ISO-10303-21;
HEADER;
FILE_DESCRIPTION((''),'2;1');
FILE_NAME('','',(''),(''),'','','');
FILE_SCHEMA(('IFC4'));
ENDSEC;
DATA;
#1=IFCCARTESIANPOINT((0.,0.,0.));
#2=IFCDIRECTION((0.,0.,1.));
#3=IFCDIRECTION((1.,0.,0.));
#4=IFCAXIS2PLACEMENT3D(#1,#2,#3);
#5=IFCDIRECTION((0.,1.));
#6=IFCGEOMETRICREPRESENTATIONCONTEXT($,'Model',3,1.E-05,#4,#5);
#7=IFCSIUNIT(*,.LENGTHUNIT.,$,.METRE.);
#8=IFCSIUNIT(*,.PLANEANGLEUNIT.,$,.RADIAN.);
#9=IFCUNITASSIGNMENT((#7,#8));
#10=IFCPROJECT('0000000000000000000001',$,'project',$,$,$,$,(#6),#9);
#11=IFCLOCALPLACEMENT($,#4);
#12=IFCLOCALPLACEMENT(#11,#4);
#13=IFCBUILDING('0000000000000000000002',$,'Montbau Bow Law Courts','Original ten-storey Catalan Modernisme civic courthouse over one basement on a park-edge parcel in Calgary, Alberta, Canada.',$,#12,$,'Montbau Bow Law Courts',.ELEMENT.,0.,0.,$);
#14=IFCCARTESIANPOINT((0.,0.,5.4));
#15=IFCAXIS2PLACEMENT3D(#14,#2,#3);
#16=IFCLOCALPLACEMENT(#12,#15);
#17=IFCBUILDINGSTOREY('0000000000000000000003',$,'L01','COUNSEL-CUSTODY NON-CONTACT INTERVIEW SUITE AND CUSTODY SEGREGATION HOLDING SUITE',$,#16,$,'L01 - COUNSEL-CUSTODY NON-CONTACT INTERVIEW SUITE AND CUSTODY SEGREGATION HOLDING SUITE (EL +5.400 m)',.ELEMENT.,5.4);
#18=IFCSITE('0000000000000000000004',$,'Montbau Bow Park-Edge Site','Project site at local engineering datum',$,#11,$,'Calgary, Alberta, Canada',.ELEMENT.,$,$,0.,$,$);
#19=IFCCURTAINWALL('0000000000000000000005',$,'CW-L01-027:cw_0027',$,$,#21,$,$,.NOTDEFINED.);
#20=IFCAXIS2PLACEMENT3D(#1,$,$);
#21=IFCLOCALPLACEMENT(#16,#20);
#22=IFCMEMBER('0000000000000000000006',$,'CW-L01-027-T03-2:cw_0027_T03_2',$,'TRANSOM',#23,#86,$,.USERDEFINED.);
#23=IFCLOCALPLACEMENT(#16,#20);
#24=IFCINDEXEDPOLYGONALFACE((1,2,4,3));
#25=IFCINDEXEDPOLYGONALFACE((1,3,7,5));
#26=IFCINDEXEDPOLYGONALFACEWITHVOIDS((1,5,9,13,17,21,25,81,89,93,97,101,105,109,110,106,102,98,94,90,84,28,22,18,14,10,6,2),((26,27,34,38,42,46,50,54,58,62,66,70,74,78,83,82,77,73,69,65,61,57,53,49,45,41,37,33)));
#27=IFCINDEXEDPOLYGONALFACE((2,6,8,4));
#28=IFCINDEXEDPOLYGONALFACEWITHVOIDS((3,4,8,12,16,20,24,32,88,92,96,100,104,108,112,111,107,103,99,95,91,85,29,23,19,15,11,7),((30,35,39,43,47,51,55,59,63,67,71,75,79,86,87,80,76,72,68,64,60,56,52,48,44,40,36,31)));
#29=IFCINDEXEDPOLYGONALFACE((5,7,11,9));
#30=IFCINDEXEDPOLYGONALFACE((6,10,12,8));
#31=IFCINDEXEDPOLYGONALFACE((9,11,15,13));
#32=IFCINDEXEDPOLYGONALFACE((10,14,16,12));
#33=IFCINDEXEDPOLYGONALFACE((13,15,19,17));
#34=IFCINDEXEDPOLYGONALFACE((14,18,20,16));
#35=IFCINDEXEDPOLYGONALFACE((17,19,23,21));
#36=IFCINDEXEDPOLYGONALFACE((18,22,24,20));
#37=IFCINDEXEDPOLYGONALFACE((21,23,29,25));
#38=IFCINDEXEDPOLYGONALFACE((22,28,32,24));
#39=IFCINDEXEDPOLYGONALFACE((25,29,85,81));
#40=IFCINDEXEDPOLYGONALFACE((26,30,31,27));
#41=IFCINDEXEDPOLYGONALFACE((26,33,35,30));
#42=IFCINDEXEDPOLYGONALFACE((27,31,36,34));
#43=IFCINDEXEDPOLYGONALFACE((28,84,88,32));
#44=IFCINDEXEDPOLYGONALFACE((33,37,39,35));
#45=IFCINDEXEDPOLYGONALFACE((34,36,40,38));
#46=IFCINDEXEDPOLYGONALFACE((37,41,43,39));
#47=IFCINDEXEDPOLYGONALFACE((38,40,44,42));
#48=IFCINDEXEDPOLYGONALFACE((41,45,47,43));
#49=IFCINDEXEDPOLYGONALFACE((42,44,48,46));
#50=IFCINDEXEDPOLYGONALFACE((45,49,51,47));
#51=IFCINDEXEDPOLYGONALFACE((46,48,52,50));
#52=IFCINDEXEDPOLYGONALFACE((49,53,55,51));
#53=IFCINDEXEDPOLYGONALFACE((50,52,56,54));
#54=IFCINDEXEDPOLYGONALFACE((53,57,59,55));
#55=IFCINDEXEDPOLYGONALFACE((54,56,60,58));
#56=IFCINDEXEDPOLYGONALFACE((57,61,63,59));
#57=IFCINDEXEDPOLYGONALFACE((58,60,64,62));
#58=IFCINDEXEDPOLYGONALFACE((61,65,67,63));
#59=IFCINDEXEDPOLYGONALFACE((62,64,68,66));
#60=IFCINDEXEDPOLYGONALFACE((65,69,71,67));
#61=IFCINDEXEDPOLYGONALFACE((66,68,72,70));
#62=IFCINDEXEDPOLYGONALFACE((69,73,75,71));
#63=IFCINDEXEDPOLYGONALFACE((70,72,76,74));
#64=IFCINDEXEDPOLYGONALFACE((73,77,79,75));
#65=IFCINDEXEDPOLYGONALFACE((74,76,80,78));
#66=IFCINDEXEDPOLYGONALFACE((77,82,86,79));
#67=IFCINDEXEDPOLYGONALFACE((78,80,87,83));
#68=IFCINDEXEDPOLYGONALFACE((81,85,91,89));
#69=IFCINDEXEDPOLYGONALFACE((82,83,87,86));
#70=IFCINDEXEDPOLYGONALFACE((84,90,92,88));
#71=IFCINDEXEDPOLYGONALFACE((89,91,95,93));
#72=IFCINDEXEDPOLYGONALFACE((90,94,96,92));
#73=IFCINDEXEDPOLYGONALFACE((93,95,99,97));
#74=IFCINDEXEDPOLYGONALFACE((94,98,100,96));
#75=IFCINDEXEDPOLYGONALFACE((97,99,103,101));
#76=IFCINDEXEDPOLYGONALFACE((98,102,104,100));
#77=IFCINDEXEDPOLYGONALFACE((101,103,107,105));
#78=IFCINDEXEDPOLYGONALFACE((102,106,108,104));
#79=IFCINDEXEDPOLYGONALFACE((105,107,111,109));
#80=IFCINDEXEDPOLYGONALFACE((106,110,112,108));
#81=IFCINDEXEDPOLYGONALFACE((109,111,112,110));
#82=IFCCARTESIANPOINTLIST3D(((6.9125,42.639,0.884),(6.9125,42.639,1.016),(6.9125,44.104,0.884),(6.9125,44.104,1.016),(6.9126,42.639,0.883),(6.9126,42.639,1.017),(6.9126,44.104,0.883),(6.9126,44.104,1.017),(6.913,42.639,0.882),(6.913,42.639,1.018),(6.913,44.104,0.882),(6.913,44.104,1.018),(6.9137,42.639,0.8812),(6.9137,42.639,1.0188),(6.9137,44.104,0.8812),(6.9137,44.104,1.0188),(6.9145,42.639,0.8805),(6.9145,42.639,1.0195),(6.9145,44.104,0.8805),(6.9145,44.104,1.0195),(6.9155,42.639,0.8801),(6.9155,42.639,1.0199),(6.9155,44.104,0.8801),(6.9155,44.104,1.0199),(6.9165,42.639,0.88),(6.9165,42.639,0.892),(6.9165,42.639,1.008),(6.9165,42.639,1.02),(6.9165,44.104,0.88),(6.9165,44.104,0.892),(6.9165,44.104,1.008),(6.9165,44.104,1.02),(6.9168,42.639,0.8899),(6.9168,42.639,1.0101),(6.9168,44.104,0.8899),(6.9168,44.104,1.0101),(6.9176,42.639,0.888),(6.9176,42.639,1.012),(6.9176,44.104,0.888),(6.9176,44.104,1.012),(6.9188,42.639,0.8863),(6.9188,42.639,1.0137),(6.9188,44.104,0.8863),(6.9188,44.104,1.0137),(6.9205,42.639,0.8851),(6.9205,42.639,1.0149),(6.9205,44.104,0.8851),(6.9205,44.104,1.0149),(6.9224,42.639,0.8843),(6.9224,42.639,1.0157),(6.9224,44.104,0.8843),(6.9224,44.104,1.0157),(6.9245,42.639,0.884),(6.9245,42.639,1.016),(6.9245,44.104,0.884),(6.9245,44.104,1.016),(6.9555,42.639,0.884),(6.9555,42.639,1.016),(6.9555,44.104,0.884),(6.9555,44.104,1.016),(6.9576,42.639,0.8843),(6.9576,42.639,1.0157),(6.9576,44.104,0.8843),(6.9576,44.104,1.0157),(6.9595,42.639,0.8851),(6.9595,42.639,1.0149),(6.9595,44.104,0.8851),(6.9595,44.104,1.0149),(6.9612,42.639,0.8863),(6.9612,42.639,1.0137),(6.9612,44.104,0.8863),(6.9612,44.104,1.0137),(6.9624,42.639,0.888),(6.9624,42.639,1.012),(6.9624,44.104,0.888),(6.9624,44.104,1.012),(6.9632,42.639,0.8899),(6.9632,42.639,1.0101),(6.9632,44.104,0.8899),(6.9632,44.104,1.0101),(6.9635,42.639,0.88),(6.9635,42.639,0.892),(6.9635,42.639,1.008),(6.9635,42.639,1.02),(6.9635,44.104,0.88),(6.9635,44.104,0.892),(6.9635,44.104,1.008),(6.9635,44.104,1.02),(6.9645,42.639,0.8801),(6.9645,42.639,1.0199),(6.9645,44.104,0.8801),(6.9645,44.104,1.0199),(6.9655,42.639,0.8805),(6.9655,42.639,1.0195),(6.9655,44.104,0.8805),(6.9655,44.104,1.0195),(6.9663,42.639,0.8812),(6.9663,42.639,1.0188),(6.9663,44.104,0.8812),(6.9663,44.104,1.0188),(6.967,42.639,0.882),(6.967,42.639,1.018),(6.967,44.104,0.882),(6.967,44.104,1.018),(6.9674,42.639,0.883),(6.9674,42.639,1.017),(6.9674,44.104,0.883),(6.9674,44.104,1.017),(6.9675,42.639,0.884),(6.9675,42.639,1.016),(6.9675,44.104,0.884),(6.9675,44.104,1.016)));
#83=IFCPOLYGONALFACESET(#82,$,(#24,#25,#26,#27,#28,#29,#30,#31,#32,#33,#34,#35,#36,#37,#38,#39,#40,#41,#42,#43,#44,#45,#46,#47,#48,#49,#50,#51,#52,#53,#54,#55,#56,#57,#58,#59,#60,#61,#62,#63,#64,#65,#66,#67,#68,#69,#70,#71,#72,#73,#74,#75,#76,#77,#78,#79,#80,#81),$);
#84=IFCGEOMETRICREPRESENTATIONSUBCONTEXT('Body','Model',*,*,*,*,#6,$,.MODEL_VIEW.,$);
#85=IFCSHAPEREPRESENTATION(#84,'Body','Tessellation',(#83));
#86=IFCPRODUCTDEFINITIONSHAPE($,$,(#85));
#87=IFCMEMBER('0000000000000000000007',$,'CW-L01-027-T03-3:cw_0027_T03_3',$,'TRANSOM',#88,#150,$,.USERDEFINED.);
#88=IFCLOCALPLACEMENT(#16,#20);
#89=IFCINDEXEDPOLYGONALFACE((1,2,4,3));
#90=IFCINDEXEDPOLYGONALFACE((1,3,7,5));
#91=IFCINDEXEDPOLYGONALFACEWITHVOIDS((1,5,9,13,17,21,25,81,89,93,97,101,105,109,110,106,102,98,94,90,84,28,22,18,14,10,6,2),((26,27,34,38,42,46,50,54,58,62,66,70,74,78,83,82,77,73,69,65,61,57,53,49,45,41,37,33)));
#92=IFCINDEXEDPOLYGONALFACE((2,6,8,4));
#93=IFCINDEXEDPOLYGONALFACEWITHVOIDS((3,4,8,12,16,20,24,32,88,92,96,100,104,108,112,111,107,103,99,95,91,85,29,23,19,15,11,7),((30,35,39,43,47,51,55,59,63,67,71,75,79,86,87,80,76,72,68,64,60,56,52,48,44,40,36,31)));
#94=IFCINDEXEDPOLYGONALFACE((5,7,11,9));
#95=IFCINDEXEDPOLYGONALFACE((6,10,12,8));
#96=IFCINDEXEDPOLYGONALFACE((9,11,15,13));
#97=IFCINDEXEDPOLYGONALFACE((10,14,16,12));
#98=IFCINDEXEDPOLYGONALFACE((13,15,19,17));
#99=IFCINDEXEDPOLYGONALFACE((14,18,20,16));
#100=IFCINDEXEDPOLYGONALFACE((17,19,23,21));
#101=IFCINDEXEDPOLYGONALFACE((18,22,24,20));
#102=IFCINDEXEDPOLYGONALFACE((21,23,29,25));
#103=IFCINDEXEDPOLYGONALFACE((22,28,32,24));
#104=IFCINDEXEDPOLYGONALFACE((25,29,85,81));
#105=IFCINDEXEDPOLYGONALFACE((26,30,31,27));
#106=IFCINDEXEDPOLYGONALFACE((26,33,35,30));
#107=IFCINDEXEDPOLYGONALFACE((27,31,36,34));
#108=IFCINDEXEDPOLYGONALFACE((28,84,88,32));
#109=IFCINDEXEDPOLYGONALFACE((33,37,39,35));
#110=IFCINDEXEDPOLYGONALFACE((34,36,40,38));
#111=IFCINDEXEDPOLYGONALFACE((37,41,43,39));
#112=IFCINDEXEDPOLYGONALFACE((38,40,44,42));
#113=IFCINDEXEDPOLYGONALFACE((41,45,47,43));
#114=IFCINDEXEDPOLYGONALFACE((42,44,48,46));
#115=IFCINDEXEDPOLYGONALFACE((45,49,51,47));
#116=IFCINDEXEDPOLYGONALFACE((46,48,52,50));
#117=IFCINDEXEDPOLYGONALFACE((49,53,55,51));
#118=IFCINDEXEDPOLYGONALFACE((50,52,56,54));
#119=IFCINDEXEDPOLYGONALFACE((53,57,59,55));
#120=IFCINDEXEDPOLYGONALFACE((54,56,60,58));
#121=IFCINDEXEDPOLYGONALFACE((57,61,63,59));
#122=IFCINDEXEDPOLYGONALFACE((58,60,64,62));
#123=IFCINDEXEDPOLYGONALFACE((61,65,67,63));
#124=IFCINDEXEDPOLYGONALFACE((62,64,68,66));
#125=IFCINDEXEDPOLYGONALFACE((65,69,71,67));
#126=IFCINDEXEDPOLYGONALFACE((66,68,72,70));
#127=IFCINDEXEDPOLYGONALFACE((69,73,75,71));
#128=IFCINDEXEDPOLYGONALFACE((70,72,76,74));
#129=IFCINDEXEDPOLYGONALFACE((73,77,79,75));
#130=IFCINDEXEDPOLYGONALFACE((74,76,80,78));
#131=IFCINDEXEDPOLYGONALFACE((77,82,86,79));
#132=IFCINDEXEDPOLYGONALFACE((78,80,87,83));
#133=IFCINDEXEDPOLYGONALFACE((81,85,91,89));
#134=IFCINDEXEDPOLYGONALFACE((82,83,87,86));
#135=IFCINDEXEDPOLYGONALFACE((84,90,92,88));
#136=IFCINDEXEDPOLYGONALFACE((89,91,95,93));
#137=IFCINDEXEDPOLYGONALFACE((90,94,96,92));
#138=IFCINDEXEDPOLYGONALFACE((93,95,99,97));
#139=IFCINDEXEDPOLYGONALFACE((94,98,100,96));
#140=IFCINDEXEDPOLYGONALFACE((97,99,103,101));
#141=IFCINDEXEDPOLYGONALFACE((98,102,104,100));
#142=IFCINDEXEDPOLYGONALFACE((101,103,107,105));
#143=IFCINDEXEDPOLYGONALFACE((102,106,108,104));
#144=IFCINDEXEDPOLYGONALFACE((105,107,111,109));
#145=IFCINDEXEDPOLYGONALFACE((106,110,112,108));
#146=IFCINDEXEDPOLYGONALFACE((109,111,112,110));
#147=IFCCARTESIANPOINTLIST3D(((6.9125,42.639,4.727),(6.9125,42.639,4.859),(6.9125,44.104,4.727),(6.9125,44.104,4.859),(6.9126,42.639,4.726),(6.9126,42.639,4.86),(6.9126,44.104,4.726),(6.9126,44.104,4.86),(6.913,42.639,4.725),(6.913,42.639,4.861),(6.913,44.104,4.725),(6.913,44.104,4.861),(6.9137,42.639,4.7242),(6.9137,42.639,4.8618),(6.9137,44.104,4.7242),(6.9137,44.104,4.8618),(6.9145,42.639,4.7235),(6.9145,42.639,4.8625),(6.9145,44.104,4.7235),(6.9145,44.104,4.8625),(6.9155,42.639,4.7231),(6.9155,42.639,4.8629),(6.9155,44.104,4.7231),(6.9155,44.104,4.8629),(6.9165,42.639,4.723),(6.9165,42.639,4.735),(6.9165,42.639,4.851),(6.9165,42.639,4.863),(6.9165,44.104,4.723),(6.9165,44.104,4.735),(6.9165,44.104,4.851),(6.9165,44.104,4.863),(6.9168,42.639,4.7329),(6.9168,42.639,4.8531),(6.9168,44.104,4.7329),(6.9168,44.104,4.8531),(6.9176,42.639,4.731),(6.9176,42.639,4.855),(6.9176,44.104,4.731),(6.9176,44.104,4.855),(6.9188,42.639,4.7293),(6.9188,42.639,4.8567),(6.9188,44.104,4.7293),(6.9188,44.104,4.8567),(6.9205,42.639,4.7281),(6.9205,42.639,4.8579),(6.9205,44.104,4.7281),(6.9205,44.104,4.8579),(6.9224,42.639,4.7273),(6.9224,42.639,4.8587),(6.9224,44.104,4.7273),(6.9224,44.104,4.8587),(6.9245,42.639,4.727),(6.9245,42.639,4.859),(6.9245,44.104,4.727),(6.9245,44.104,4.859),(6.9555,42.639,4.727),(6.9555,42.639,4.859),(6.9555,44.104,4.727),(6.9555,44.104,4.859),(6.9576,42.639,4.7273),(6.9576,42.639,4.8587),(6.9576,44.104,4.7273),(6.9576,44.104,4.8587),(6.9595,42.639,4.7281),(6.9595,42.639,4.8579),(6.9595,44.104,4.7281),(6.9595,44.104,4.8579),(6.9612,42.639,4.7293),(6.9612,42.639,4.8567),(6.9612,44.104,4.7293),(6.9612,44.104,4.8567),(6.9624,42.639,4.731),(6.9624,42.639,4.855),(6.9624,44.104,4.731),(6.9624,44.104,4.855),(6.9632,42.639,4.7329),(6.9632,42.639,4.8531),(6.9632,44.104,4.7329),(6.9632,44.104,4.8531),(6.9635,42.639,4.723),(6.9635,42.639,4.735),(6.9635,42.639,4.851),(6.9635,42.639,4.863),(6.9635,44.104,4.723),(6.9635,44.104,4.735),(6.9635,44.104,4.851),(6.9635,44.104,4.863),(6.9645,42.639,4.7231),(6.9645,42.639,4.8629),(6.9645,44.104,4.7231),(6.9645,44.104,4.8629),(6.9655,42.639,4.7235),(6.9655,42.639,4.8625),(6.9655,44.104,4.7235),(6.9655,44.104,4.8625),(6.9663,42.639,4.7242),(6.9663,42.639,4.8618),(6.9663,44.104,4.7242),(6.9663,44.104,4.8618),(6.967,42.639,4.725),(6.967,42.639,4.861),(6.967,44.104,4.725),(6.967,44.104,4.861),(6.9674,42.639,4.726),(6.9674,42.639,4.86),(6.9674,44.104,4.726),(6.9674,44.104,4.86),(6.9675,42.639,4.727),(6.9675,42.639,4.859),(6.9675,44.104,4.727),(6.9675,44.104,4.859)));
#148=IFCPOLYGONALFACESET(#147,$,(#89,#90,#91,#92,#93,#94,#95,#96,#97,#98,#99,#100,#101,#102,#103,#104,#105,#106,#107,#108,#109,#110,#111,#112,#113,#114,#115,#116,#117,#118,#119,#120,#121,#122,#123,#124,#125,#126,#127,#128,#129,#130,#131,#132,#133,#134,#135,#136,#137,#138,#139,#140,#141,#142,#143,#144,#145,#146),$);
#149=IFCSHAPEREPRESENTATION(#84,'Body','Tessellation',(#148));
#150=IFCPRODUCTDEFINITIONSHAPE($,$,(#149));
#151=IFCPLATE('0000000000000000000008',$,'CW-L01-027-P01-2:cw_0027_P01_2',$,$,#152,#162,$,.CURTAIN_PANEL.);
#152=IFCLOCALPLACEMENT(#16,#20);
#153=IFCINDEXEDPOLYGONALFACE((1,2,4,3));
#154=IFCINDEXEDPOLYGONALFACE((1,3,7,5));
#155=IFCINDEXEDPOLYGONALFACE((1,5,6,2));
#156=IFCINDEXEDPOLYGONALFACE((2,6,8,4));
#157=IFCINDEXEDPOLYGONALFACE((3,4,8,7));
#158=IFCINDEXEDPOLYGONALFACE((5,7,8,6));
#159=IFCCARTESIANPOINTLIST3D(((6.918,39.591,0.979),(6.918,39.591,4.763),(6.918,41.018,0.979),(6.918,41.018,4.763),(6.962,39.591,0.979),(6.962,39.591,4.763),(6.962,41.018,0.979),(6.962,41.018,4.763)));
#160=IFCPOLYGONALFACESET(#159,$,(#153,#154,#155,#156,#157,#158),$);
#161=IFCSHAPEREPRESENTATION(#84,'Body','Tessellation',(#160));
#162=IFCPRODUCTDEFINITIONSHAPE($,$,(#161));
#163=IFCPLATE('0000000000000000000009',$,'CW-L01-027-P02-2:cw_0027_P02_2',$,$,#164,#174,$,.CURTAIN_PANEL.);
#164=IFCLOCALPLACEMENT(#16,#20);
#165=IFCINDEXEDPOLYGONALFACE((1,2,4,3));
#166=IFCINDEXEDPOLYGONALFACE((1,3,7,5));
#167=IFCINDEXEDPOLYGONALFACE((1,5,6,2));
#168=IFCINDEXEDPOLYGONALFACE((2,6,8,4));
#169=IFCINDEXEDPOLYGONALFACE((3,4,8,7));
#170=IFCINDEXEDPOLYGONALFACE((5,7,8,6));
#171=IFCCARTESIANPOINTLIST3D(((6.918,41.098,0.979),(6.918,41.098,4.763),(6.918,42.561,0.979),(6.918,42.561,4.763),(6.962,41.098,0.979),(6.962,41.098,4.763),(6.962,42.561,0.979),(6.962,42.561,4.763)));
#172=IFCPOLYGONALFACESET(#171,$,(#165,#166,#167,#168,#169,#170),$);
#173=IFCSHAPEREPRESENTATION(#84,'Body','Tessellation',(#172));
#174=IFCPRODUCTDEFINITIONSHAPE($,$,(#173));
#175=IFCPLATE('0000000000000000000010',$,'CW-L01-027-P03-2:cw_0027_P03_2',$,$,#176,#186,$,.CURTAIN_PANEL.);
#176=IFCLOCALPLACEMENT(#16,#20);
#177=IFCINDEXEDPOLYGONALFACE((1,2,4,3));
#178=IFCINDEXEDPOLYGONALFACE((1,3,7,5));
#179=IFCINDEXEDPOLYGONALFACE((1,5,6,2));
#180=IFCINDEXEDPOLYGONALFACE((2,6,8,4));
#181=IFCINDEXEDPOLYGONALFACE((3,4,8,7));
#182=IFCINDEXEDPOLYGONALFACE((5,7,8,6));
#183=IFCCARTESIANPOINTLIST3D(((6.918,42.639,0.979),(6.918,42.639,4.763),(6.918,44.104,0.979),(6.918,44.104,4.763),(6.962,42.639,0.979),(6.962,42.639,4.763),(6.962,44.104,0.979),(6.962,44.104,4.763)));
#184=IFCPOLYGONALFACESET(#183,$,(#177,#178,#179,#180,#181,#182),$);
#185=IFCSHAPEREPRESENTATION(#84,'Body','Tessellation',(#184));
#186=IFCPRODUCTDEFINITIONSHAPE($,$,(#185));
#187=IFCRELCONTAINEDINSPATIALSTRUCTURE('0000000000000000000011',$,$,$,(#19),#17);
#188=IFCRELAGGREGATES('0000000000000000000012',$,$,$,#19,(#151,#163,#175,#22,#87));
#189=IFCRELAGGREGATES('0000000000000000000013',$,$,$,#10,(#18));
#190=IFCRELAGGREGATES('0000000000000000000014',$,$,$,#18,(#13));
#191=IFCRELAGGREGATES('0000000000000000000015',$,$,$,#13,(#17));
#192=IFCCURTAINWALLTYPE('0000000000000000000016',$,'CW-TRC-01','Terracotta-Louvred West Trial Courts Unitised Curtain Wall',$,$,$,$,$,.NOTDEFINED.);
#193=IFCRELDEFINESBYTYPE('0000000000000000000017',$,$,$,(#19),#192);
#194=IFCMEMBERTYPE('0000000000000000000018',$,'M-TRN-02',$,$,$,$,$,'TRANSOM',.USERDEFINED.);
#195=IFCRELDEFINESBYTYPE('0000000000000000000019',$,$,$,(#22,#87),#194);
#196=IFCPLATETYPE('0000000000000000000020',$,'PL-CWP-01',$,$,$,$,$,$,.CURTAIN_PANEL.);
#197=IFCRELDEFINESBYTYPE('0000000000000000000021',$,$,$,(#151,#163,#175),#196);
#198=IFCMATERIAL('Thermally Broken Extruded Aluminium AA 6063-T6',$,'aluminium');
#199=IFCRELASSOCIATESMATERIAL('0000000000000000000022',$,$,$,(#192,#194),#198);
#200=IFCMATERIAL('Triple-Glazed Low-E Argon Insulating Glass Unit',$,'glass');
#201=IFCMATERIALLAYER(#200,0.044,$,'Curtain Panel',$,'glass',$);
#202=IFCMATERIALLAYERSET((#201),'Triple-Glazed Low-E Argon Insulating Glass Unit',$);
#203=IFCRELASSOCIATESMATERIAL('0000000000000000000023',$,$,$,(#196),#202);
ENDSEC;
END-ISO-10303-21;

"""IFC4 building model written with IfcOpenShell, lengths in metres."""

from ifc_helpers import new_model, si_unit, direction, frame, frame_2d, origin_with_axes, origin_2d_with_axis, place, context, subcontext, project, spatial, rectangle, hollow_rectangle, extrude, material, layer, layer_set, material_profile, profile_set, type_object, element, aggregate, save


model = new_model("IFC4")

# Units and contexts
model_context = context("Model", 3, precision=1e-05, world=origin_with_axes(), true_north=direction((0.0, 1.0)))
body_context = subcontext(model_context, "Body", "Model", "MODEL_VIEW")
ifc_project = project(units=[si_unit("LENGTHUNIT", "METRE"), si_unit("PLANEANGLEUNIT", "RADIAN")], contexts=[model_context])

# Site, building, storey
site_placement = place(None, origin_with_axes())
site = spatial("IfcSite", under=ifc_project, at=site_placement, Name="Montbau Bow Park-Edge Site", Description="Project site at local engineering datum", LongName="Calgary, Alberta, Canada", CompositionType="ELEMENT", RefElevation=0.0)
building_placement = place(site_placement, origin_with_axes())
building = spatial("IfcBuilding", under=site, at=building_placement, Name="Montbau Bow Law Courts", Description="Original ten-storey Catalan Modernisme civic courthouse over one basement on a park-edge parcel in Calgary, Alberta, Canada.", LongName="Montbau Bow Law Courts", CompositionType="ELEMENT", ElevationOfRefHeight=0.0, ElevationOfTerrain=0.0)
storey_placement = place(building_placement, frame((0.0, 0.0, 5.4), z_axis=(0.0, 0.0, 1.0), x_axis=(1.0, 0.0, 0.0)))
storey = spatial("IfcBuildingStorey", under=building, at=storey_placement, Name="L01", Description="COUNSEL-CUSTODY NON-CONTACT INTERVIEW SUITE AND CUSTODY SEGREGATION HOLDING SUITE", LongName="L01 - COUNSEL-CUSTODY NON-CONTACT INTERVIEW SUITE AND CUSTODY SEGREGATION HOLDING SUITE (EL +5.400 m)", CompositionType="ELEMENT", Elevation=5.4)

# Curtain wall
ifc_material_1 = material(Name="Thermally Broken Extruded Aluminium AA 6063-T6", Category="aluminium")
curtain_wall_type = type_object("IfcCurtainWallType", Name="CW-TRC-01", Description="Terracotta-Louvred West Trial Courts Unitised Curtain Wall", PredefinedType="NOTDEFINED", material=ifc_material_1)
curtain_wall_1_placement = place(None, frame((6.94, 39.515, 5.4), z_axis=(0.0, 0.0, 1.0), x_axis=(1.0, 0.0, 0.0)))
curtain_wall_1 = element("IfcCurtainWall", 1, at=curtain_wall_1_placement, inside=storey, type_object=curtain_wall_type, Name="CW-L01-027:cw_0027", PredefinedType="NOTDEFINED")

# Members
ifc_material_profile_1 = material_profile(ifc_material_1, hollow_rectangle(XDim=0.055, YDim=0.14, WallThickness=0.004, InnerFilletRadius=0.008, OuterFilletRadius=0.004, at=origin_2d_with_axis()), Name="CWT-140X55", Category="Main", Priority=0)
ifc_profile_set_1 = profile_set([ifc_material_profile_1], Name="Thermally Broken Extruded Aluminium AA 6063-T6")
member_type_1 = type_object("IfcMemberType", Name="M-TRN-02", ElementType="TRANSOM", PredefinedType="USERDEFINED", material=ifc_profile_set_1)
member_1_placement = place(None, frame((6.94, 42.639, 6.35), z_axis=(0.0, 1.0, 0.0), x_axis=(-1.0, 0.0, 0.0)))
member_1 = element("IfcMember", 2, at=member_1_placement, type_object=member_type_1, Name="CW-L01-027-T03-2:cw_0027_T03_2", ObjectType="TRANSOM", PredefinedType="USERDEFINED", context=body_context, shape_type="SweptSolid", body=[
    extrude(hollow_rectangle(XDim=0.055, YDim=0.14, WallThickness=0.004, InnerFilletRadius=0.008, OuterFilletRadius=0.004, at=origin_2d_with_axis()), origin_with_axes(), (0.0, 0.0, 1.0), 1.465),
])
member_2_placement = place(None, frame((6.94, 42.639, 10.193), z_axis=(0.0, 1.0, 0.0), x_axis=(-1.0, 0.0, 0.0)))
member_2 = element("IfcMember", 3, at=member_2_placement, type_object=member_type_1, Name="CW-L01-027-T03-3:cw_0027_T03_3", ObjectType="TRANSOM", PredefinedType="USERDEFINED", context=body_context, shape_type="SweptSolid", body=[
    extrude(hollow_rectangle(XDim=0.055, YDim=0.14, WallThickness=0.004, InnerFilletRadius=0.008, OuterFilletRadius=0.004, at=origin_2d_with_axis()), origin_with_axes(), (0.0, 0.0, 1.0), 1.465),
])

# Plates
ifc_material_2 = material(Name="Triple-Glazed Low-E Argon Insulating Glass Unit", Category="glass")
ifc_layer_1 = layer(ifc_material_2, 0.044, Name="Curtain Panel", Category="glass")
ifc_layer_set_1 = layer_set([ifc_layer_1], Name="Triple-Glazed Low-E Argon Insulating Glass Unit")
plate_type_1 = type_object("IfcPlateType", Name="PL-CWP-01", PredefinedType="CURTAIN_PANEL", material=ifc_layer_set_1)
plate_1_placement = place(None, frame((6.94, 39.591, 6.379), z_axis=(1.0, 0.0, 0.0), x_axis=(0.0, 1.0, 0.0)))
plate_1 = element("IfcPlate", 4, at=plate_1_placement, type_object=plate_type_1, Name="CW-L01-027-P01-2:cw_0027_P01_2", PredefinedType="CURTAIN_PANEL", context=body_context, shape_type="SweptSolid", body=[
    extrude(rectangle(XDim=1.427, YDim=3.784, at=frame_2d((0.7135, 1.892), x_axis=(1.0, 0.0))), frame((0.0, 0.0, -0.022), z_axis=(0.0, 0.0, 1.0), x_axis=(1.0, 0.0, 0.0)), (0.0, 0.0, 1.0), 0.044),
])
plate_2_placement = place(None, frame((6.94, 41.098, 6.379), z_axis=(1.0, 0.0, 0.0), x_axis=(0.0, 1.0, 0.0)))
plate_2 = element("IfcPlate", 5, at=plate_2_placement, type_object=plate_type_1, Name="CW-L01-027-P02-2:cw_0027_P02_2", PredefinedType="CURTAIN_PANEL", context=body_context, shape_type="SweptSolid", body=[
    extrude(rectangle(XDim=1.463, YDim=3.784, at=frame_2d((0.7315, 1.892), x_axis=(1.0, 0.0))), frame((0.0, 0.0, -0.022), z_axis=(0.0, 0.0, 1.0), x_axis=(1.0, 0.0, 0.0)), (0.0, 0.0, 1.0), 0.044),
])
plate_3_placement = place(None, frame((6.94, 42.639, 6.379), z_axis=(1.0, 0.0, 0.0), x_axis=(0.0, 1.0, 0.0)))
plate_3 = element("IfcPlate", 6, at=plate_3_placement, type_object=plate_type_1, Name="CW-L01-027-P03-2:cw_0027_P03_2", PredefinedType="CURTAIN_PANEL", context=body_context, shape_type="SweptSolid", body=[
    extrude(rectangle(XDim=1.465, YDim=3.784, at=frame_2d((0.7325, 1.892), x_axis=(1.0, 0.0))), frame((0.0, 0.0, -0.022), z_axis=(0.0, 0.0, 1.0), x_axis=(1.0, 0.0, 0.0)), (0.0, 0.0, 1.0), 0.044),
])
aggregate(curtain_wall_1, [plate_1, plate_2, plate_3, member_1, member_2])

save(model, "model.ifc")
